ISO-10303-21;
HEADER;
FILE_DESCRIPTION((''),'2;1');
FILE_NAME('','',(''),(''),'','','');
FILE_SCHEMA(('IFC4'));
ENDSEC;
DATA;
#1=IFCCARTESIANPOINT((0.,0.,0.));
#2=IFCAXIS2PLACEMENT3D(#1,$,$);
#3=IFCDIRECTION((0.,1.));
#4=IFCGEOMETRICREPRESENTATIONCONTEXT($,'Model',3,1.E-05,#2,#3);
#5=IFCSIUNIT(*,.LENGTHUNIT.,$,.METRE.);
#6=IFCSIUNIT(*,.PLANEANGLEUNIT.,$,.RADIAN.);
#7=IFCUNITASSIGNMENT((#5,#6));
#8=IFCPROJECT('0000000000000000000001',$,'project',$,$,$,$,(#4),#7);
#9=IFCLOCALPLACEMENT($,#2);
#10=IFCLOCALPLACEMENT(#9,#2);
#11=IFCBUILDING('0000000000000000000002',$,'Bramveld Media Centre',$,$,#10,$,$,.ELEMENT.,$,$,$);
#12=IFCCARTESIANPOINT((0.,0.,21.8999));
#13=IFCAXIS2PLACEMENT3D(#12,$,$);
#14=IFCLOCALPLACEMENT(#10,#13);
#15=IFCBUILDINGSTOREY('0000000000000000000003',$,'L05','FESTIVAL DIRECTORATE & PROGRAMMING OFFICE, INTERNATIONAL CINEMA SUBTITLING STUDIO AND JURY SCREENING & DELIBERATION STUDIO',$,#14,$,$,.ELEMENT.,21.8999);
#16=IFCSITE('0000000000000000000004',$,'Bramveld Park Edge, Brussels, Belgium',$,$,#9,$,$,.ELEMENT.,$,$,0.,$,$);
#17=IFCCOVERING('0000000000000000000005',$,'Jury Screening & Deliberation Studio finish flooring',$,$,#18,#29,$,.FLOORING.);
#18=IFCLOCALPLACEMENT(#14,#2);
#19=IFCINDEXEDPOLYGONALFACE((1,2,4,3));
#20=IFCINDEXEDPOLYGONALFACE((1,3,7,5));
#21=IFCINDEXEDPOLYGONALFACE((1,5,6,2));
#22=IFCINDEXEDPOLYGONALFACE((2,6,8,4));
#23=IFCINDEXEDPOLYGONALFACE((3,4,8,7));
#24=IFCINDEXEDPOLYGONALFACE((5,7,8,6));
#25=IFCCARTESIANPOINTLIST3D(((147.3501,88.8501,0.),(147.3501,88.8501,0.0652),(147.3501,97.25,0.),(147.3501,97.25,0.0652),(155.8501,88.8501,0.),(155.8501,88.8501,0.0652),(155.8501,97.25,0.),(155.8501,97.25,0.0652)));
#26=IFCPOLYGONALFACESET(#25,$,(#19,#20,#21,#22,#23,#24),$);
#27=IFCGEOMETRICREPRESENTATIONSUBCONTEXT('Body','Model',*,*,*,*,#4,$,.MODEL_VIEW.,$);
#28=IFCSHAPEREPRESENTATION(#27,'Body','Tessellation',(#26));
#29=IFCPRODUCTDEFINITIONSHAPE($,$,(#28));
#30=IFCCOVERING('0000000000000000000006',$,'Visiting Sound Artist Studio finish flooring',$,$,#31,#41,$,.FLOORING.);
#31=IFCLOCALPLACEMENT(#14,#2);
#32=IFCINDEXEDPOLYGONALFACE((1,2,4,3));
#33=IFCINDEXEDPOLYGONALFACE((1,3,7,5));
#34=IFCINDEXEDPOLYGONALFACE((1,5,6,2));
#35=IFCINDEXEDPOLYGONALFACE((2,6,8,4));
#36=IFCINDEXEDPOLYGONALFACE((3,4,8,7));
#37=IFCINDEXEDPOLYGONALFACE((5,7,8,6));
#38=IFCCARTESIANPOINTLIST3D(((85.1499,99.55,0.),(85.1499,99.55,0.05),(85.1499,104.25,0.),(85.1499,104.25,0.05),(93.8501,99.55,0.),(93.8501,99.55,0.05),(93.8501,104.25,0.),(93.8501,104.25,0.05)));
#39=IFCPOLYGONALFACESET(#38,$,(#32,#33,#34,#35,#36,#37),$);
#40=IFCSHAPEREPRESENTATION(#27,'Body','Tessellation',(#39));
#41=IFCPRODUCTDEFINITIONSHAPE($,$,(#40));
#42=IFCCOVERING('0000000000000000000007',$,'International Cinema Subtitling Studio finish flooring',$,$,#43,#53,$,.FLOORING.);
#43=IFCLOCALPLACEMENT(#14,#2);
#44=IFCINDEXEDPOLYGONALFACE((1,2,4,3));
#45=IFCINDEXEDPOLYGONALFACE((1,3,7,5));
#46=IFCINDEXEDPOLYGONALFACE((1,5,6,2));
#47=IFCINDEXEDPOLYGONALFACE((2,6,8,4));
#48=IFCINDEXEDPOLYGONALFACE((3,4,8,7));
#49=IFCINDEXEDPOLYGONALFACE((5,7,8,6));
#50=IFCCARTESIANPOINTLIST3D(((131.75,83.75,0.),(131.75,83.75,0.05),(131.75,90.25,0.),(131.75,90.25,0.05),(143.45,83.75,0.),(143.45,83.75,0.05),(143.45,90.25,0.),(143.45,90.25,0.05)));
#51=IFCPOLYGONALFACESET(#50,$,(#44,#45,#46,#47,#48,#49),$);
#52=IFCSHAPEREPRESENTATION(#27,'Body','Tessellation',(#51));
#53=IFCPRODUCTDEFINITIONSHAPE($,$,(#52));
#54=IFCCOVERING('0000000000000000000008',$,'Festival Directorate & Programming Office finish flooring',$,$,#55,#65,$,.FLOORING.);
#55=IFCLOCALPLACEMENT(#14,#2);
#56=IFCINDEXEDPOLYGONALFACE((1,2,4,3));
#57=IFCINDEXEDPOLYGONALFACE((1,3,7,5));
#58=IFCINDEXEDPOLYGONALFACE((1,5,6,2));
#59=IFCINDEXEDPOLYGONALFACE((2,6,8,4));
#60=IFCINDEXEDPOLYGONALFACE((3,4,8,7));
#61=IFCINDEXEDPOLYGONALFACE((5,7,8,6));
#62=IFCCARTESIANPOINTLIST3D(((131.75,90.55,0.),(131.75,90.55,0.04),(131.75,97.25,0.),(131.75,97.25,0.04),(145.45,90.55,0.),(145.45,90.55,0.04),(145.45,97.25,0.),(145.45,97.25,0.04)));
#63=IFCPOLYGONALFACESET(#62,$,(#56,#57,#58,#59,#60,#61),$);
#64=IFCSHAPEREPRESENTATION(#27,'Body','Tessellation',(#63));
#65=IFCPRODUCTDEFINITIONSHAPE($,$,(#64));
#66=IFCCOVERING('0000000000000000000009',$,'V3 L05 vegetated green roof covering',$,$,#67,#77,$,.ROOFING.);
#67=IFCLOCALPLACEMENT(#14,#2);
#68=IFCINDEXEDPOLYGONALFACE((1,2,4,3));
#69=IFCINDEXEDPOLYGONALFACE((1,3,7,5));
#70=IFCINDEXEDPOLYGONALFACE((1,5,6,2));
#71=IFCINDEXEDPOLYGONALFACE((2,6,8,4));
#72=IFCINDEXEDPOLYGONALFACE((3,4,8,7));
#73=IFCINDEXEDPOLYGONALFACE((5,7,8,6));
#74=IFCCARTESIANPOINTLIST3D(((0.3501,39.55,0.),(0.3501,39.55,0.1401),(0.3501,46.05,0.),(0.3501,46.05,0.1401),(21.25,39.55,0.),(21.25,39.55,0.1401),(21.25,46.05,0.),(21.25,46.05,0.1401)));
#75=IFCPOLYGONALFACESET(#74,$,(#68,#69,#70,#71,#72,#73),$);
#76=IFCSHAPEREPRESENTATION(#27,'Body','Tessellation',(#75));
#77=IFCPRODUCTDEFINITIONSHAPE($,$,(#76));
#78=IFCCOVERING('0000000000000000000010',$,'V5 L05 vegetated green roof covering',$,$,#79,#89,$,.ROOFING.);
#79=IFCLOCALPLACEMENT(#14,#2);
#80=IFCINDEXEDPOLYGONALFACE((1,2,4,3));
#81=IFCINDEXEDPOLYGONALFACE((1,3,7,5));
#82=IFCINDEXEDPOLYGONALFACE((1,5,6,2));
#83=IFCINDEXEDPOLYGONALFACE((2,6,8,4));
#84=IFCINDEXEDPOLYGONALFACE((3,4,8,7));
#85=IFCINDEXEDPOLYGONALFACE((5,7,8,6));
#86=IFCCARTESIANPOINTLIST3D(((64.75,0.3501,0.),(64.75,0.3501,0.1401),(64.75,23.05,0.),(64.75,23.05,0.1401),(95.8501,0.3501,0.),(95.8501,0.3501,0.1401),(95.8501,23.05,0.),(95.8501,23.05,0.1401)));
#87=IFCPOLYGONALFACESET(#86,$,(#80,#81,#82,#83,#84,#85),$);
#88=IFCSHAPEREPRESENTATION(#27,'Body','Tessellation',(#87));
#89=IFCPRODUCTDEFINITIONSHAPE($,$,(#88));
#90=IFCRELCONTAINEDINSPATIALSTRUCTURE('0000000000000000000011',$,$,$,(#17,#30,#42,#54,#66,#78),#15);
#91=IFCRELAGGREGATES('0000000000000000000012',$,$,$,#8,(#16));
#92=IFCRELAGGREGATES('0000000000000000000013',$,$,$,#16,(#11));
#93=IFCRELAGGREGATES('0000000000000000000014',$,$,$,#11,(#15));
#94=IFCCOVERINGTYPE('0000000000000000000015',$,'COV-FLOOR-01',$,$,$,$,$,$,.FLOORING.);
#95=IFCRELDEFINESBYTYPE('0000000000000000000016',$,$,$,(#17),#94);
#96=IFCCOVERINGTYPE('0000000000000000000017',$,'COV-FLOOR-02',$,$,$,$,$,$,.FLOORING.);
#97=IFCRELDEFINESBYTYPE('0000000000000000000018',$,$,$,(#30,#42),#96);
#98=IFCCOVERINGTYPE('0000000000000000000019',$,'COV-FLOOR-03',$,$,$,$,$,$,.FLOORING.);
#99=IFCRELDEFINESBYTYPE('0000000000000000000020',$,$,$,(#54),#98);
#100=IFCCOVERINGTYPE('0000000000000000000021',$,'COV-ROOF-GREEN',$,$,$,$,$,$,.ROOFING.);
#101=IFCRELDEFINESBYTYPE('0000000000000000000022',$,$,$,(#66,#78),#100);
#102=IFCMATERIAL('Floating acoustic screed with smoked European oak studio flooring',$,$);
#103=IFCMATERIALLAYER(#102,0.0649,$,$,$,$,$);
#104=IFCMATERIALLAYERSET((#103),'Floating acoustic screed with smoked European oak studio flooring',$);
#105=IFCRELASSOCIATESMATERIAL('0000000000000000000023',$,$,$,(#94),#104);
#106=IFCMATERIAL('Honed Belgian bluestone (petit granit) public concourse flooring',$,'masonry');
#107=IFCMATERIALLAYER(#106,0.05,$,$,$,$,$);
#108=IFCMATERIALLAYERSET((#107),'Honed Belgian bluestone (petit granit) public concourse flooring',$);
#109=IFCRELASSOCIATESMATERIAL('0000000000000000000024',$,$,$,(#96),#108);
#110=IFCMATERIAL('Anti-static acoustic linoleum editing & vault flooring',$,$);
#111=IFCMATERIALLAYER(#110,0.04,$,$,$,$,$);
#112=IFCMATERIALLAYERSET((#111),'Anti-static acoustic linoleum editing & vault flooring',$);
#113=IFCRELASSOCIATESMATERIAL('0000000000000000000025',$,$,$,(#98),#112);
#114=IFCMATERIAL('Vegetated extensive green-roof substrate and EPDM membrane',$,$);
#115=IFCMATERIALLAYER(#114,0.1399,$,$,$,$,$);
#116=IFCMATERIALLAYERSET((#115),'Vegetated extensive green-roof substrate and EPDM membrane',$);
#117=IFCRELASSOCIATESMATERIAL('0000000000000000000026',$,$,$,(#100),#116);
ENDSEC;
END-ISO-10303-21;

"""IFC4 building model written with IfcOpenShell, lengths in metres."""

from ifc_helpers import new_model, si_unit, direction, frame, origin, place, context, subcontext, project, spatial, polyline, outline, extrude, material, layer, layer_set, type_object, element, save


model = new_model("IFC4")

# Units and contexts
model_context = context("Model", 3, precision=1e-05, world=origin(), true_north=direction((0.0, 1.0)))
body_context = subcontext(model_context, "Body", "Model", "MODEL_VIEW")
ifc_project = project(units=[si_unit("LENGTHUNIT", "METRE"), si_unit("PLANEANGLEUNIT", "RADIAN")], contexts=[model_context])

# Site, building, storey
site_placement = place(None, origin())
site = spatial("IfcSite", under=ifc_project, at=site_placement, Name="Bramveld Park Edge, Brussels, Belgium", CompositionType="ELEMENT", RefElevation=0.0)
building_placement = place(site_placement, origin())
building = spatial("IfcBuilding", under=site, at=building_placement, Name="Bramveld Media Centre", CompositionType="ELEMENT")
storey_placement = place(building_placement, frame((0.0, 0.0, 21.8999)))
storey = spatial("IfcBuildingStorey", under=building, at=storey_placement, Name="L05", Description="FESTIVAL DIRECTORATE & PROGRAMMING OFFICE, INTERNATIONAL CINEMA SUBTITLING STUDIO AND JURY SCREENING & DELIBERATION STUDIO", CompositionType="ELEMENT", Elevation=21.8999)

# Coverings
ifc_material_1 = material(Name="Floating acoustic screed with smoked European oak studio flooring")
ifc_layer_1 = layer(ifc_material_1, 0.0649)
ifc_layer_set_1 = layer_set([ifc_layer_1], Name="Floating acoustic screed with smoked European oak studio flooring")
covering_type_1 = type_object("IfcCoveringType", Name="COV-FLOOR-01", PredefinedType="FLOORING", material=ifc_layer_set_1)
covering_1_placement = place(storey_placement, origin())
element("IfcCovering", 1, at=covering_1_placement, inside=storey, type_object=covering_type_1, Name="Jury Screening & Deliberation Studio finish flooring", PredefinedType="FLOORING", context=body_context, shape_type="SweptSolid", body=[
    extrude(outline(polyline([(147.3501, 88.8501), (155.8501, 88.8501), (155.8501, 97.25), (147.3501, 97.25), (147.3501, 88.8501)])), origin(), (0.0, 0.0, 1.0), 0.0652),
])
ifc_material_2 = material(Name="Honed Belgian bluestone (petit granit) public concourse flooring", Category="masonry")
ifc_layer_2 = layer(ifc_material_2, 0.05)
ifc_layer_set_2 = layer_set([ifc_layer_2], Name="Honed Belgian bluestone (petit granit) public concourse flooring")
covering_type_2 = type_object("IfcCoveringType", Name="COV-FLOOR-02", PredefinedType="FLOORING", material=ifc_layer_set_2)
covering_2_placement = place(storey_placement, origin())
element("IfcCovering", 2, at=covering_2_placement, inside=storey, type_object=covering_type_2, Name="Visiting Sound Artist Studio finish flooring", PredefinedType="FLOORING", context=body_context, shape_type="SweptSolid", body=[
    extrude(outline(polyline([(85.1499, 99.55), (93.8501, 99.55), (93.8501, 104.25), (85.1499, 104.25), (85.1499, 99.55)])), origin(), (0.0, 0.0, 1.0), 0.05),
])
covering_3_placement = place(storey_placement, origin())
element("IfcCovering", 3, at=covering_3_placement, inside=storey, type_object=covering_type_2, Name="International Cinema Subtitling Studio finish flooring", PredefinedType="FLOORING", context=body_context, shape_type="SweptSolid", body=[
    extrude(outline(polyline([(131.75, 83.75), (143.45, 83.75), (143.45, 90.25), (131.75, 90.25), (131.75, 83.75)])), origin(), (0.0, 0.0, 1.0), 0.05),
])
ifc_material_3 = material(Name="Anti-static acoustic linoleum editing & vault flooring")
ifc_layer_3 = layer(ifc_material_3, 0.04)
ifc_layer_set_3 = layer_set([ifc_layer_3], Name="Anti-static acoustic linoleum editing & vault flooring")
covering_type_3 = type_object("IfcCoveringType", Name="COV-FLOOR-03", PredefinedType="FLOORING", material=ifc_layer_set_3)
covering_4_placement = place(storey_placement, origin())
element("IfcCovering", 4, at=covering_4_placement, inside=storey, type_object=covering_type_3, Name="Festival Directorate & Programming Office finish flooring", PredefinedType="FLOORING", context=body_context, shape_type="SweptSolid", body=[
    extrude(outline(polyline([(131.75, 90.55), (145.45, 90.55), (145.45, 97.25), (131.75, 97.25), (131.75, 90.55)])), origin(), (0.0, 0.0, 1.0), 0.04),
])
ifc_material_4 = material(Name="Vegetated extensive green-roof substrate and EPDM membrane")
ifc_layer_4 = layer(ifc_material_4, 0.1399)
ifc_layer_set_4 = layer_set([ifc_layer_4], Name="Vegetated extensive green-roof substrate and EPDM membrane")
covering_type_4 = type_object("IfcCoveringType", Name="COV-ROOF-GREEN", PredefinedType="ROOFING", material=ifc_layer_set_4)
covering_5_placement = place(storey_placement, origin())
element("IfcCovering", 5, at=covering_5_placement, inside=storey, type_object=covering_type_4, Name="V3 L05 vegetated green roof covering", PredefinedType="ROOFING", context=body_context, shape_type="SweptSolid", body=[
    extrude(outline(polyline([(0.3501, 39.55), (21.25, 39.55), (21.25, 46.05), (0.3501, 46.05), (0.3501, 39.55)])), origin(), (0.0, 0.0, 1.0), 0.1401),
])
covering_6_placement = place(storey_placement, origin())
element("IfcCovering", 6, at=covering_6_placement, inside=storey, type_object=covering_type_4, Name="V5 L05 vegetated green roof covering", PredefinedType="ROOFING", context=body_context, shape_type="SweptSolid", body=[
    extrude(outline(polyline([(64.75, 0.3501), (95.8501, 0.3501), (95.8501, 23.05), (64.75, 23.05), (64.75, 0.3501)])), origin(), (0.0, 0.0, 1.0), 0.1401),
])

save(model, "model.ifc")
